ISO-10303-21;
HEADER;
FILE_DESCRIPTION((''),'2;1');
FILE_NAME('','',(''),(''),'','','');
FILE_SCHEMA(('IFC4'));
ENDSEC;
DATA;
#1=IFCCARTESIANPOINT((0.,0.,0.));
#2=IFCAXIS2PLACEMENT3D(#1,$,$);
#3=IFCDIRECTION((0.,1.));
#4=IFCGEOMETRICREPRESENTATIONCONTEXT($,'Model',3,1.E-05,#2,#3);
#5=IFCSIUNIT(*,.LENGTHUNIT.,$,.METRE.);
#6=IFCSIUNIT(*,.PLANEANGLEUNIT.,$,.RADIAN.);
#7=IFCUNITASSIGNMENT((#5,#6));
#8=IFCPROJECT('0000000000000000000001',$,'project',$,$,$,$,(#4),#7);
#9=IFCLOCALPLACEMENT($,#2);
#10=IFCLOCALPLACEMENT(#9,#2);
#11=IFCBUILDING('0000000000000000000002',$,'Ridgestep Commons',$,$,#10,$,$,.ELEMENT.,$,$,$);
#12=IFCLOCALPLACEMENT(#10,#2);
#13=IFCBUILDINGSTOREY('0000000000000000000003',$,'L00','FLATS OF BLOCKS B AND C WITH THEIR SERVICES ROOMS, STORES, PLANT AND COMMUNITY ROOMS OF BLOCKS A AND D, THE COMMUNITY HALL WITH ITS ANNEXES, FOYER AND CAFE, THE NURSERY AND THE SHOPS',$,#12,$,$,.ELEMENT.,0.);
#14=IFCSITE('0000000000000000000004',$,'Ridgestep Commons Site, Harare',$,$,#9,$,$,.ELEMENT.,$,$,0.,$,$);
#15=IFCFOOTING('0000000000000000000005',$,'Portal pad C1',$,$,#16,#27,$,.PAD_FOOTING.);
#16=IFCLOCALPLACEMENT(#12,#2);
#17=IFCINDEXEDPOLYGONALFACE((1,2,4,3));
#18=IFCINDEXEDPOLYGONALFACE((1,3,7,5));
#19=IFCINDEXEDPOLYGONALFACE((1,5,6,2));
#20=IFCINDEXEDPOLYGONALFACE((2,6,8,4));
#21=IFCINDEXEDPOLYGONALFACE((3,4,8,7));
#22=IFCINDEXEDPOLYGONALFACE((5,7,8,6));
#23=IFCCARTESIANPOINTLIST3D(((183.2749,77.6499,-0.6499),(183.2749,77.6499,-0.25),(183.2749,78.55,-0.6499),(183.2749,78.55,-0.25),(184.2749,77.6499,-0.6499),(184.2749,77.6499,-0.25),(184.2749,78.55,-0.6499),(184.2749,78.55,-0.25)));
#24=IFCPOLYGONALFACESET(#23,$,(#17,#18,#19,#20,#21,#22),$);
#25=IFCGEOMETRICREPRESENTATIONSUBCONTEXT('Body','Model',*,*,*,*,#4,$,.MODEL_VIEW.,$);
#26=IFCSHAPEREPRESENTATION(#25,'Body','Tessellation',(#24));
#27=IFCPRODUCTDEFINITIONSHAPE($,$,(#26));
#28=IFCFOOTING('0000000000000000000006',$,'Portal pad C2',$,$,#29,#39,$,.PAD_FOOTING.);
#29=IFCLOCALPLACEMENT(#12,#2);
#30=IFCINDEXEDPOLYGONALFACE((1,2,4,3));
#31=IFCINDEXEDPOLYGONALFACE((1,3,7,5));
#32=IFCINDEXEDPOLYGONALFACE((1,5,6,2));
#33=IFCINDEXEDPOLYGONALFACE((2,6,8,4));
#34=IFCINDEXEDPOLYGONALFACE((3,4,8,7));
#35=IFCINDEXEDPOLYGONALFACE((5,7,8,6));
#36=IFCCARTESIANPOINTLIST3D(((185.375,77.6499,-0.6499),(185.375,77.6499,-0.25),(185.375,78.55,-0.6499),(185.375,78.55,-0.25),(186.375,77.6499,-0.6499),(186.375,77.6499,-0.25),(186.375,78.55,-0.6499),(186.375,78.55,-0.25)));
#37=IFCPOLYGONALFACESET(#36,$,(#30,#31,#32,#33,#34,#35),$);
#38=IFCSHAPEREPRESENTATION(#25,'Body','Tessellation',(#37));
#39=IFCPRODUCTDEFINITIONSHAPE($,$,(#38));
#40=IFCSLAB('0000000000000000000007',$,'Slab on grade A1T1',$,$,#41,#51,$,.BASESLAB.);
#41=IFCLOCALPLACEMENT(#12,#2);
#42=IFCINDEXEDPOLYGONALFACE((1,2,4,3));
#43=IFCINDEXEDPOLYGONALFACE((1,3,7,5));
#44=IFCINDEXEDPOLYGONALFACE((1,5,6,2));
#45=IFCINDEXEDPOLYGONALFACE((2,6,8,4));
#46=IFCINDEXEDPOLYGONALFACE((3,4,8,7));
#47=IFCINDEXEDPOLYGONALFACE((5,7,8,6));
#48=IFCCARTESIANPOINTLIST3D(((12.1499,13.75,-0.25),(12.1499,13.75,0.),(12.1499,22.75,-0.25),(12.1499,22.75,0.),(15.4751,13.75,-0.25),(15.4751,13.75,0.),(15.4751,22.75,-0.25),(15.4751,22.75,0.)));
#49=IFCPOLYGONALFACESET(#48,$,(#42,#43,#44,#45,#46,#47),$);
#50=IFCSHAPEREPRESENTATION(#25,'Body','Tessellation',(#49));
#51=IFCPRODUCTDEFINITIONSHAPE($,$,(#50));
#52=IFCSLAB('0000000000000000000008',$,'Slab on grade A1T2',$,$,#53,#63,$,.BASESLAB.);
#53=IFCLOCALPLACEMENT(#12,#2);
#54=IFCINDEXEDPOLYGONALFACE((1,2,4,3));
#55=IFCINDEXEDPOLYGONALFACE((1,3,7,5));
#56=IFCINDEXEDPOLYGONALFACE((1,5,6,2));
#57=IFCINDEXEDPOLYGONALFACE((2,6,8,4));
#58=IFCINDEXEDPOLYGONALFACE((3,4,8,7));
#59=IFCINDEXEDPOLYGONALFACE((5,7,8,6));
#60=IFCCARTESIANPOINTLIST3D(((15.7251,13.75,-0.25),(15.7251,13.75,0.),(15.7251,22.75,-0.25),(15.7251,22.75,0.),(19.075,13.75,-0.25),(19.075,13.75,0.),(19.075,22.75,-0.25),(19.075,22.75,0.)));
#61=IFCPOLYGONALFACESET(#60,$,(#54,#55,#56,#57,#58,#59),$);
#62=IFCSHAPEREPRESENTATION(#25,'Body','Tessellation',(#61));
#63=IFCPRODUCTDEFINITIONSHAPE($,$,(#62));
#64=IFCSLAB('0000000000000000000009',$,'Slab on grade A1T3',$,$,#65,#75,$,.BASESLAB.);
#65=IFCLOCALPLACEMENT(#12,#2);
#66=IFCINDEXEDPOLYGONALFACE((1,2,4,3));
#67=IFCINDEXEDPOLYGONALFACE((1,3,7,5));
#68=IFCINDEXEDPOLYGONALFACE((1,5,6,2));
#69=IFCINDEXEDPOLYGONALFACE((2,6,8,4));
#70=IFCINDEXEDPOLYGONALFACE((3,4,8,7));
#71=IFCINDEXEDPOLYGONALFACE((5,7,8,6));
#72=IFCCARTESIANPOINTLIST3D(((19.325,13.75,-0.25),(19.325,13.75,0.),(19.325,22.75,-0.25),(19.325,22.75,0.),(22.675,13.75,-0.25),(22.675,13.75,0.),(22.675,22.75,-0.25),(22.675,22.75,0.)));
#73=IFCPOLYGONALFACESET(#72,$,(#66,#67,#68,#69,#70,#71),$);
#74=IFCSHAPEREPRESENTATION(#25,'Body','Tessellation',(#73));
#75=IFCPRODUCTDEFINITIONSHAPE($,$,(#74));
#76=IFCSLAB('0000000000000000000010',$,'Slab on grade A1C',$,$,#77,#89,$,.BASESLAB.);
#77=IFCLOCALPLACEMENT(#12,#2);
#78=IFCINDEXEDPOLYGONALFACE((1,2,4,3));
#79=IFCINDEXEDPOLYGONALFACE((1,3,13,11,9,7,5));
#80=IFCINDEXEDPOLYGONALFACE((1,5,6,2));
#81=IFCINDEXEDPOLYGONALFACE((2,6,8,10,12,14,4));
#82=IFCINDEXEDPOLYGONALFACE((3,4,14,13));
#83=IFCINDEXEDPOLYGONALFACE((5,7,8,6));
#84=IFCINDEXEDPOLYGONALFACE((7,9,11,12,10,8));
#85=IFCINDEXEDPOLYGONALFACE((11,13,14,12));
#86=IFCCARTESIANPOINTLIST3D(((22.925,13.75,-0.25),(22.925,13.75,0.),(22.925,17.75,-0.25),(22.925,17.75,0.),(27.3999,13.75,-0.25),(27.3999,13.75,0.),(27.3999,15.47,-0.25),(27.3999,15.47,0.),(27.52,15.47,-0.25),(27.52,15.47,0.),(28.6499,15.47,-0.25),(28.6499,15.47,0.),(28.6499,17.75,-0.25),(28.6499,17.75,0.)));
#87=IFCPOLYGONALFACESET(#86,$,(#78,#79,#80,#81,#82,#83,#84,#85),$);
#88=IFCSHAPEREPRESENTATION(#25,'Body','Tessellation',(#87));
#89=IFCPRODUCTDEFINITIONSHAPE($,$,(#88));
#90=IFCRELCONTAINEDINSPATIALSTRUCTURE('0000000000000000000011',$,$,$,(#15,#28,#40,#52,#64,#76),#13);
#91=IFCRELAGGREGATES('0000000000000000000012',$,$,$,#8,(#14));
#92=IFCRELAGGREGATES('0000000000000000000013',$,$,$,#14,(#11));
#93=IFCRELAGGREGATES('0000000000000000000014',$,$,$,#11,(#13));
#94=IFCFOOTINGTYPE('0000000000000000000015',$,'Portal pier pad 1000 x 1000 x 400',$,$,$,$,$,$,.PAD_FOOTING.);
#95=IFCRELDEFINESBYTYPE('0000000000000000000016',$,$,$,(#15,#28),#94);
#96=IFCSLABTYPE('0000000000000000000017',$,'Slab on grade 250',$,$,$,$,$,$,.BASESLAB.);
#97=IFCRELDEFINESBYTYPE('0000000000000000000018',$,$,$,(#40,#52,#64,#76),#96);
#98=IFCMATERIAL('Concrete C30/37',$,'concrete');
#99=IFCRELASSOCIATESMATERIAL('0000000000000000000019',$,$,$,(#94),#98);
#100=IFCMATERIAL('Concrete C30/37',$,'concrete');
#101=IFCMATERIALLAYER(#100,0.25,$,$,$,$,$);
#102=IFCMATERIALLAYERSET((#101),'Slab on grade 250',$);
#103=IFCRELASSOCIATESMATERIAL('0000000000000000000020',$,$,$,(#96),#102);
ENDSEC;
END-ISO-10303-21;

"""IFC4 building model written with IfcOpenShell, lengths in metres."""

from ifc_helpers import new_model, si_unit, direction, frame, origin, place, context, subcontext, project, spatial, polyline, outline, extrude, material, layer, layer_set, type_object, element, save


model = new_model("IFC4")

# Units and contexts
model_context = context("Model", 3, precision=1e-05, world=origin(), true_north=direction((0.0, 1.0)))
body_context = subcontext(model_context, "Body", "Model", "MODEL_VIEW")
ifc_project = project(units=[si_unit("LENGTHUNIT", "METRE"), si_unit("PLANEANGLEUNIT", "RADIAN")], contexts=[model_context])

# Site, building, storey
site_placement = place(None, origin())
site = spatial("IfcSite", under=ifc_project, at=site_placement, Name="Ridgestep Commons Site, Harare", CompositionType="ELEMENT", RefElevation=0.0)
building_placement = place(site_placement, origin())
building = spatial("IfcBuilding", under=site, at=building_placement, Name="Ridgestep Commons", CompositionType="ELEMENT")
storey_placement = place(building_placement, origin())
storey = spatial("IfcBuildingStorey", under=building, at=storey_placement, Name="L00", Description="FLATS OF BLOCKS B AND C WITH THEIR SERVICES ROOMS, STORES, PLANT AND COMMUNITY ROOMS OF BLOCKS A AND D, THE COMMUNITY HALL WITH ITS ANNEXES, FOYER AND CAFE, THE NURSERY AND THE SHOPS", CompositionType="ELEMENT", Elevation=0.0)

# Footings
ifc_material_1 = material(Name="Concrete C30/37", Category="concrete")
footing_type_1 = type_object("IfcFootingType", Name="Portal pier pad 1000 x 1000 x 400", PredefinedType="PAD_FOOTING", material=ifc_material_1)
footing_1_placement = place(storey_placement, frame((0.0, 0.0, -0.6499)))
element("IfcFooting", 1, at=footing_1_placement, inside=storey, type_object=footing_type_1, Name="Portal pad C1", PredefinedType="PAD_FOOTING", context=body_context, shape_type="SweptSolid", body=[
    extrude(outline(polyline([(183.2749, 77.6499), (184.2749, 77.6499), (184.2749, 78.55), (183.2749, 78.55), (183.2749, 77.6499)])), origin(), (0.0, 0.0, 1.0), 0.3999),
])
footing_2_placement = place(storey_placement, frame((0.0, 0.0, -0.6499)))
element("IfcFooting", 2, at=footing_2_placement, inside=storey, type_object=footing_type_1, Name="Portal pad C2", PredefinedType="PAD_FOOTING", context=body_context, shape_type="SweptSolid", body=[
    extrude(outline(polyline([(185.375, 77.6499), (186.375, 77.6499), (186.375, 78.55), (185.375, 78.55), (185.375, 77.6499)])), origin(), (0.0, 0.0, 1.0), 0.3999),
])

# Slabs
ifc_material_2 = material(Name="Concrete C30/37", Category="concrete")
ifc_layer = layer(ifc_material_2, 0.25)
ifc_layer_set = layer_set([ifc_layer], Name="Slab on grade 250")
slab_type = type_object("IfcSlabType", Name="Slab on grade 250", PredefinedType="BASESLAB", material=ifc_layer_set)
slab_1_placement = place(storey_placement, frame((0.0, 0.0, -0.25)))
element("IfcSlab", 3, at=slab_1_placement, inside=storey, type_object=slab_type, Name="Slab on grade A1T1", PredefinedType="BASESLAB", context=body_context, shape_type="SweptSolid", body=[
    extrude(outline(polyline([(15.4751, 13.75), (15.4751, 22.75), (12.1499, 22.75), (12.1499, 13.75), (15.4751, 13.75)])), origin(), (0.0, 0.0, 1.0), 0.25),
])
slab_2_placement = place(storey_placement, frame((0.0, 0.0, -0.25)))
element("IfcSlab", 4, at=slab_2_placement, inside=storey, type_object=slab_type, Name="Slab on grade A1T2", PredefinedType="BASESLAB", context=body_context, shape_type="SweptSolid", body=[
    extrude(outline(polyline([(19.075, 13.75), (19.075, 22.75), (15.7251, 22.75), (15.7251, 13.75), (19.075, 13.75)])), origin(), (0.0, 0.0, 1.0), 0.25),
])
slab_3_placement = place(storey_placement, frame((0.0, 0.0, -0.25)))
element("IfcSlab", 5, at=slab_3_placement, inside=storey, type_object=slab_type, Name="Slab on grade A1T3", PredefinedType="BASESLAB", context=body_context, shape_type="SweptSolid", body=[
    extrude(outline(polyline([(22.675, 13.75), (22.675, 22.75), (19.325, 22.75), (19.325, 13.75), (22.675, 13.75)])), origin(), (0.0, 0.0, 1.0), 0.25),
])
slab_4_placement = place(storey_placement, frame((0.0, 0.0, -0.25)))
element("IfcSlab", 6, at=slab_4_placement, inside=storey, type_object=slab_type, Name="Slab on grade A1C", PredefinedType="BASESLAB", context=body_context, shape_type="SweptSolid", body=[
    extrude(outline(polyline([(27.52, 15.47), (28.6499, 15.47), (28.6499, 17.75), (22.925, 17.75), (22.925, 13.75), (27.3999, 13.75), (27.3999, 15.47), (27.52, 15.47)])), origin(), (0.0, 0.0, 1.0), 0.25),
])

save(model, "model.ifc")
